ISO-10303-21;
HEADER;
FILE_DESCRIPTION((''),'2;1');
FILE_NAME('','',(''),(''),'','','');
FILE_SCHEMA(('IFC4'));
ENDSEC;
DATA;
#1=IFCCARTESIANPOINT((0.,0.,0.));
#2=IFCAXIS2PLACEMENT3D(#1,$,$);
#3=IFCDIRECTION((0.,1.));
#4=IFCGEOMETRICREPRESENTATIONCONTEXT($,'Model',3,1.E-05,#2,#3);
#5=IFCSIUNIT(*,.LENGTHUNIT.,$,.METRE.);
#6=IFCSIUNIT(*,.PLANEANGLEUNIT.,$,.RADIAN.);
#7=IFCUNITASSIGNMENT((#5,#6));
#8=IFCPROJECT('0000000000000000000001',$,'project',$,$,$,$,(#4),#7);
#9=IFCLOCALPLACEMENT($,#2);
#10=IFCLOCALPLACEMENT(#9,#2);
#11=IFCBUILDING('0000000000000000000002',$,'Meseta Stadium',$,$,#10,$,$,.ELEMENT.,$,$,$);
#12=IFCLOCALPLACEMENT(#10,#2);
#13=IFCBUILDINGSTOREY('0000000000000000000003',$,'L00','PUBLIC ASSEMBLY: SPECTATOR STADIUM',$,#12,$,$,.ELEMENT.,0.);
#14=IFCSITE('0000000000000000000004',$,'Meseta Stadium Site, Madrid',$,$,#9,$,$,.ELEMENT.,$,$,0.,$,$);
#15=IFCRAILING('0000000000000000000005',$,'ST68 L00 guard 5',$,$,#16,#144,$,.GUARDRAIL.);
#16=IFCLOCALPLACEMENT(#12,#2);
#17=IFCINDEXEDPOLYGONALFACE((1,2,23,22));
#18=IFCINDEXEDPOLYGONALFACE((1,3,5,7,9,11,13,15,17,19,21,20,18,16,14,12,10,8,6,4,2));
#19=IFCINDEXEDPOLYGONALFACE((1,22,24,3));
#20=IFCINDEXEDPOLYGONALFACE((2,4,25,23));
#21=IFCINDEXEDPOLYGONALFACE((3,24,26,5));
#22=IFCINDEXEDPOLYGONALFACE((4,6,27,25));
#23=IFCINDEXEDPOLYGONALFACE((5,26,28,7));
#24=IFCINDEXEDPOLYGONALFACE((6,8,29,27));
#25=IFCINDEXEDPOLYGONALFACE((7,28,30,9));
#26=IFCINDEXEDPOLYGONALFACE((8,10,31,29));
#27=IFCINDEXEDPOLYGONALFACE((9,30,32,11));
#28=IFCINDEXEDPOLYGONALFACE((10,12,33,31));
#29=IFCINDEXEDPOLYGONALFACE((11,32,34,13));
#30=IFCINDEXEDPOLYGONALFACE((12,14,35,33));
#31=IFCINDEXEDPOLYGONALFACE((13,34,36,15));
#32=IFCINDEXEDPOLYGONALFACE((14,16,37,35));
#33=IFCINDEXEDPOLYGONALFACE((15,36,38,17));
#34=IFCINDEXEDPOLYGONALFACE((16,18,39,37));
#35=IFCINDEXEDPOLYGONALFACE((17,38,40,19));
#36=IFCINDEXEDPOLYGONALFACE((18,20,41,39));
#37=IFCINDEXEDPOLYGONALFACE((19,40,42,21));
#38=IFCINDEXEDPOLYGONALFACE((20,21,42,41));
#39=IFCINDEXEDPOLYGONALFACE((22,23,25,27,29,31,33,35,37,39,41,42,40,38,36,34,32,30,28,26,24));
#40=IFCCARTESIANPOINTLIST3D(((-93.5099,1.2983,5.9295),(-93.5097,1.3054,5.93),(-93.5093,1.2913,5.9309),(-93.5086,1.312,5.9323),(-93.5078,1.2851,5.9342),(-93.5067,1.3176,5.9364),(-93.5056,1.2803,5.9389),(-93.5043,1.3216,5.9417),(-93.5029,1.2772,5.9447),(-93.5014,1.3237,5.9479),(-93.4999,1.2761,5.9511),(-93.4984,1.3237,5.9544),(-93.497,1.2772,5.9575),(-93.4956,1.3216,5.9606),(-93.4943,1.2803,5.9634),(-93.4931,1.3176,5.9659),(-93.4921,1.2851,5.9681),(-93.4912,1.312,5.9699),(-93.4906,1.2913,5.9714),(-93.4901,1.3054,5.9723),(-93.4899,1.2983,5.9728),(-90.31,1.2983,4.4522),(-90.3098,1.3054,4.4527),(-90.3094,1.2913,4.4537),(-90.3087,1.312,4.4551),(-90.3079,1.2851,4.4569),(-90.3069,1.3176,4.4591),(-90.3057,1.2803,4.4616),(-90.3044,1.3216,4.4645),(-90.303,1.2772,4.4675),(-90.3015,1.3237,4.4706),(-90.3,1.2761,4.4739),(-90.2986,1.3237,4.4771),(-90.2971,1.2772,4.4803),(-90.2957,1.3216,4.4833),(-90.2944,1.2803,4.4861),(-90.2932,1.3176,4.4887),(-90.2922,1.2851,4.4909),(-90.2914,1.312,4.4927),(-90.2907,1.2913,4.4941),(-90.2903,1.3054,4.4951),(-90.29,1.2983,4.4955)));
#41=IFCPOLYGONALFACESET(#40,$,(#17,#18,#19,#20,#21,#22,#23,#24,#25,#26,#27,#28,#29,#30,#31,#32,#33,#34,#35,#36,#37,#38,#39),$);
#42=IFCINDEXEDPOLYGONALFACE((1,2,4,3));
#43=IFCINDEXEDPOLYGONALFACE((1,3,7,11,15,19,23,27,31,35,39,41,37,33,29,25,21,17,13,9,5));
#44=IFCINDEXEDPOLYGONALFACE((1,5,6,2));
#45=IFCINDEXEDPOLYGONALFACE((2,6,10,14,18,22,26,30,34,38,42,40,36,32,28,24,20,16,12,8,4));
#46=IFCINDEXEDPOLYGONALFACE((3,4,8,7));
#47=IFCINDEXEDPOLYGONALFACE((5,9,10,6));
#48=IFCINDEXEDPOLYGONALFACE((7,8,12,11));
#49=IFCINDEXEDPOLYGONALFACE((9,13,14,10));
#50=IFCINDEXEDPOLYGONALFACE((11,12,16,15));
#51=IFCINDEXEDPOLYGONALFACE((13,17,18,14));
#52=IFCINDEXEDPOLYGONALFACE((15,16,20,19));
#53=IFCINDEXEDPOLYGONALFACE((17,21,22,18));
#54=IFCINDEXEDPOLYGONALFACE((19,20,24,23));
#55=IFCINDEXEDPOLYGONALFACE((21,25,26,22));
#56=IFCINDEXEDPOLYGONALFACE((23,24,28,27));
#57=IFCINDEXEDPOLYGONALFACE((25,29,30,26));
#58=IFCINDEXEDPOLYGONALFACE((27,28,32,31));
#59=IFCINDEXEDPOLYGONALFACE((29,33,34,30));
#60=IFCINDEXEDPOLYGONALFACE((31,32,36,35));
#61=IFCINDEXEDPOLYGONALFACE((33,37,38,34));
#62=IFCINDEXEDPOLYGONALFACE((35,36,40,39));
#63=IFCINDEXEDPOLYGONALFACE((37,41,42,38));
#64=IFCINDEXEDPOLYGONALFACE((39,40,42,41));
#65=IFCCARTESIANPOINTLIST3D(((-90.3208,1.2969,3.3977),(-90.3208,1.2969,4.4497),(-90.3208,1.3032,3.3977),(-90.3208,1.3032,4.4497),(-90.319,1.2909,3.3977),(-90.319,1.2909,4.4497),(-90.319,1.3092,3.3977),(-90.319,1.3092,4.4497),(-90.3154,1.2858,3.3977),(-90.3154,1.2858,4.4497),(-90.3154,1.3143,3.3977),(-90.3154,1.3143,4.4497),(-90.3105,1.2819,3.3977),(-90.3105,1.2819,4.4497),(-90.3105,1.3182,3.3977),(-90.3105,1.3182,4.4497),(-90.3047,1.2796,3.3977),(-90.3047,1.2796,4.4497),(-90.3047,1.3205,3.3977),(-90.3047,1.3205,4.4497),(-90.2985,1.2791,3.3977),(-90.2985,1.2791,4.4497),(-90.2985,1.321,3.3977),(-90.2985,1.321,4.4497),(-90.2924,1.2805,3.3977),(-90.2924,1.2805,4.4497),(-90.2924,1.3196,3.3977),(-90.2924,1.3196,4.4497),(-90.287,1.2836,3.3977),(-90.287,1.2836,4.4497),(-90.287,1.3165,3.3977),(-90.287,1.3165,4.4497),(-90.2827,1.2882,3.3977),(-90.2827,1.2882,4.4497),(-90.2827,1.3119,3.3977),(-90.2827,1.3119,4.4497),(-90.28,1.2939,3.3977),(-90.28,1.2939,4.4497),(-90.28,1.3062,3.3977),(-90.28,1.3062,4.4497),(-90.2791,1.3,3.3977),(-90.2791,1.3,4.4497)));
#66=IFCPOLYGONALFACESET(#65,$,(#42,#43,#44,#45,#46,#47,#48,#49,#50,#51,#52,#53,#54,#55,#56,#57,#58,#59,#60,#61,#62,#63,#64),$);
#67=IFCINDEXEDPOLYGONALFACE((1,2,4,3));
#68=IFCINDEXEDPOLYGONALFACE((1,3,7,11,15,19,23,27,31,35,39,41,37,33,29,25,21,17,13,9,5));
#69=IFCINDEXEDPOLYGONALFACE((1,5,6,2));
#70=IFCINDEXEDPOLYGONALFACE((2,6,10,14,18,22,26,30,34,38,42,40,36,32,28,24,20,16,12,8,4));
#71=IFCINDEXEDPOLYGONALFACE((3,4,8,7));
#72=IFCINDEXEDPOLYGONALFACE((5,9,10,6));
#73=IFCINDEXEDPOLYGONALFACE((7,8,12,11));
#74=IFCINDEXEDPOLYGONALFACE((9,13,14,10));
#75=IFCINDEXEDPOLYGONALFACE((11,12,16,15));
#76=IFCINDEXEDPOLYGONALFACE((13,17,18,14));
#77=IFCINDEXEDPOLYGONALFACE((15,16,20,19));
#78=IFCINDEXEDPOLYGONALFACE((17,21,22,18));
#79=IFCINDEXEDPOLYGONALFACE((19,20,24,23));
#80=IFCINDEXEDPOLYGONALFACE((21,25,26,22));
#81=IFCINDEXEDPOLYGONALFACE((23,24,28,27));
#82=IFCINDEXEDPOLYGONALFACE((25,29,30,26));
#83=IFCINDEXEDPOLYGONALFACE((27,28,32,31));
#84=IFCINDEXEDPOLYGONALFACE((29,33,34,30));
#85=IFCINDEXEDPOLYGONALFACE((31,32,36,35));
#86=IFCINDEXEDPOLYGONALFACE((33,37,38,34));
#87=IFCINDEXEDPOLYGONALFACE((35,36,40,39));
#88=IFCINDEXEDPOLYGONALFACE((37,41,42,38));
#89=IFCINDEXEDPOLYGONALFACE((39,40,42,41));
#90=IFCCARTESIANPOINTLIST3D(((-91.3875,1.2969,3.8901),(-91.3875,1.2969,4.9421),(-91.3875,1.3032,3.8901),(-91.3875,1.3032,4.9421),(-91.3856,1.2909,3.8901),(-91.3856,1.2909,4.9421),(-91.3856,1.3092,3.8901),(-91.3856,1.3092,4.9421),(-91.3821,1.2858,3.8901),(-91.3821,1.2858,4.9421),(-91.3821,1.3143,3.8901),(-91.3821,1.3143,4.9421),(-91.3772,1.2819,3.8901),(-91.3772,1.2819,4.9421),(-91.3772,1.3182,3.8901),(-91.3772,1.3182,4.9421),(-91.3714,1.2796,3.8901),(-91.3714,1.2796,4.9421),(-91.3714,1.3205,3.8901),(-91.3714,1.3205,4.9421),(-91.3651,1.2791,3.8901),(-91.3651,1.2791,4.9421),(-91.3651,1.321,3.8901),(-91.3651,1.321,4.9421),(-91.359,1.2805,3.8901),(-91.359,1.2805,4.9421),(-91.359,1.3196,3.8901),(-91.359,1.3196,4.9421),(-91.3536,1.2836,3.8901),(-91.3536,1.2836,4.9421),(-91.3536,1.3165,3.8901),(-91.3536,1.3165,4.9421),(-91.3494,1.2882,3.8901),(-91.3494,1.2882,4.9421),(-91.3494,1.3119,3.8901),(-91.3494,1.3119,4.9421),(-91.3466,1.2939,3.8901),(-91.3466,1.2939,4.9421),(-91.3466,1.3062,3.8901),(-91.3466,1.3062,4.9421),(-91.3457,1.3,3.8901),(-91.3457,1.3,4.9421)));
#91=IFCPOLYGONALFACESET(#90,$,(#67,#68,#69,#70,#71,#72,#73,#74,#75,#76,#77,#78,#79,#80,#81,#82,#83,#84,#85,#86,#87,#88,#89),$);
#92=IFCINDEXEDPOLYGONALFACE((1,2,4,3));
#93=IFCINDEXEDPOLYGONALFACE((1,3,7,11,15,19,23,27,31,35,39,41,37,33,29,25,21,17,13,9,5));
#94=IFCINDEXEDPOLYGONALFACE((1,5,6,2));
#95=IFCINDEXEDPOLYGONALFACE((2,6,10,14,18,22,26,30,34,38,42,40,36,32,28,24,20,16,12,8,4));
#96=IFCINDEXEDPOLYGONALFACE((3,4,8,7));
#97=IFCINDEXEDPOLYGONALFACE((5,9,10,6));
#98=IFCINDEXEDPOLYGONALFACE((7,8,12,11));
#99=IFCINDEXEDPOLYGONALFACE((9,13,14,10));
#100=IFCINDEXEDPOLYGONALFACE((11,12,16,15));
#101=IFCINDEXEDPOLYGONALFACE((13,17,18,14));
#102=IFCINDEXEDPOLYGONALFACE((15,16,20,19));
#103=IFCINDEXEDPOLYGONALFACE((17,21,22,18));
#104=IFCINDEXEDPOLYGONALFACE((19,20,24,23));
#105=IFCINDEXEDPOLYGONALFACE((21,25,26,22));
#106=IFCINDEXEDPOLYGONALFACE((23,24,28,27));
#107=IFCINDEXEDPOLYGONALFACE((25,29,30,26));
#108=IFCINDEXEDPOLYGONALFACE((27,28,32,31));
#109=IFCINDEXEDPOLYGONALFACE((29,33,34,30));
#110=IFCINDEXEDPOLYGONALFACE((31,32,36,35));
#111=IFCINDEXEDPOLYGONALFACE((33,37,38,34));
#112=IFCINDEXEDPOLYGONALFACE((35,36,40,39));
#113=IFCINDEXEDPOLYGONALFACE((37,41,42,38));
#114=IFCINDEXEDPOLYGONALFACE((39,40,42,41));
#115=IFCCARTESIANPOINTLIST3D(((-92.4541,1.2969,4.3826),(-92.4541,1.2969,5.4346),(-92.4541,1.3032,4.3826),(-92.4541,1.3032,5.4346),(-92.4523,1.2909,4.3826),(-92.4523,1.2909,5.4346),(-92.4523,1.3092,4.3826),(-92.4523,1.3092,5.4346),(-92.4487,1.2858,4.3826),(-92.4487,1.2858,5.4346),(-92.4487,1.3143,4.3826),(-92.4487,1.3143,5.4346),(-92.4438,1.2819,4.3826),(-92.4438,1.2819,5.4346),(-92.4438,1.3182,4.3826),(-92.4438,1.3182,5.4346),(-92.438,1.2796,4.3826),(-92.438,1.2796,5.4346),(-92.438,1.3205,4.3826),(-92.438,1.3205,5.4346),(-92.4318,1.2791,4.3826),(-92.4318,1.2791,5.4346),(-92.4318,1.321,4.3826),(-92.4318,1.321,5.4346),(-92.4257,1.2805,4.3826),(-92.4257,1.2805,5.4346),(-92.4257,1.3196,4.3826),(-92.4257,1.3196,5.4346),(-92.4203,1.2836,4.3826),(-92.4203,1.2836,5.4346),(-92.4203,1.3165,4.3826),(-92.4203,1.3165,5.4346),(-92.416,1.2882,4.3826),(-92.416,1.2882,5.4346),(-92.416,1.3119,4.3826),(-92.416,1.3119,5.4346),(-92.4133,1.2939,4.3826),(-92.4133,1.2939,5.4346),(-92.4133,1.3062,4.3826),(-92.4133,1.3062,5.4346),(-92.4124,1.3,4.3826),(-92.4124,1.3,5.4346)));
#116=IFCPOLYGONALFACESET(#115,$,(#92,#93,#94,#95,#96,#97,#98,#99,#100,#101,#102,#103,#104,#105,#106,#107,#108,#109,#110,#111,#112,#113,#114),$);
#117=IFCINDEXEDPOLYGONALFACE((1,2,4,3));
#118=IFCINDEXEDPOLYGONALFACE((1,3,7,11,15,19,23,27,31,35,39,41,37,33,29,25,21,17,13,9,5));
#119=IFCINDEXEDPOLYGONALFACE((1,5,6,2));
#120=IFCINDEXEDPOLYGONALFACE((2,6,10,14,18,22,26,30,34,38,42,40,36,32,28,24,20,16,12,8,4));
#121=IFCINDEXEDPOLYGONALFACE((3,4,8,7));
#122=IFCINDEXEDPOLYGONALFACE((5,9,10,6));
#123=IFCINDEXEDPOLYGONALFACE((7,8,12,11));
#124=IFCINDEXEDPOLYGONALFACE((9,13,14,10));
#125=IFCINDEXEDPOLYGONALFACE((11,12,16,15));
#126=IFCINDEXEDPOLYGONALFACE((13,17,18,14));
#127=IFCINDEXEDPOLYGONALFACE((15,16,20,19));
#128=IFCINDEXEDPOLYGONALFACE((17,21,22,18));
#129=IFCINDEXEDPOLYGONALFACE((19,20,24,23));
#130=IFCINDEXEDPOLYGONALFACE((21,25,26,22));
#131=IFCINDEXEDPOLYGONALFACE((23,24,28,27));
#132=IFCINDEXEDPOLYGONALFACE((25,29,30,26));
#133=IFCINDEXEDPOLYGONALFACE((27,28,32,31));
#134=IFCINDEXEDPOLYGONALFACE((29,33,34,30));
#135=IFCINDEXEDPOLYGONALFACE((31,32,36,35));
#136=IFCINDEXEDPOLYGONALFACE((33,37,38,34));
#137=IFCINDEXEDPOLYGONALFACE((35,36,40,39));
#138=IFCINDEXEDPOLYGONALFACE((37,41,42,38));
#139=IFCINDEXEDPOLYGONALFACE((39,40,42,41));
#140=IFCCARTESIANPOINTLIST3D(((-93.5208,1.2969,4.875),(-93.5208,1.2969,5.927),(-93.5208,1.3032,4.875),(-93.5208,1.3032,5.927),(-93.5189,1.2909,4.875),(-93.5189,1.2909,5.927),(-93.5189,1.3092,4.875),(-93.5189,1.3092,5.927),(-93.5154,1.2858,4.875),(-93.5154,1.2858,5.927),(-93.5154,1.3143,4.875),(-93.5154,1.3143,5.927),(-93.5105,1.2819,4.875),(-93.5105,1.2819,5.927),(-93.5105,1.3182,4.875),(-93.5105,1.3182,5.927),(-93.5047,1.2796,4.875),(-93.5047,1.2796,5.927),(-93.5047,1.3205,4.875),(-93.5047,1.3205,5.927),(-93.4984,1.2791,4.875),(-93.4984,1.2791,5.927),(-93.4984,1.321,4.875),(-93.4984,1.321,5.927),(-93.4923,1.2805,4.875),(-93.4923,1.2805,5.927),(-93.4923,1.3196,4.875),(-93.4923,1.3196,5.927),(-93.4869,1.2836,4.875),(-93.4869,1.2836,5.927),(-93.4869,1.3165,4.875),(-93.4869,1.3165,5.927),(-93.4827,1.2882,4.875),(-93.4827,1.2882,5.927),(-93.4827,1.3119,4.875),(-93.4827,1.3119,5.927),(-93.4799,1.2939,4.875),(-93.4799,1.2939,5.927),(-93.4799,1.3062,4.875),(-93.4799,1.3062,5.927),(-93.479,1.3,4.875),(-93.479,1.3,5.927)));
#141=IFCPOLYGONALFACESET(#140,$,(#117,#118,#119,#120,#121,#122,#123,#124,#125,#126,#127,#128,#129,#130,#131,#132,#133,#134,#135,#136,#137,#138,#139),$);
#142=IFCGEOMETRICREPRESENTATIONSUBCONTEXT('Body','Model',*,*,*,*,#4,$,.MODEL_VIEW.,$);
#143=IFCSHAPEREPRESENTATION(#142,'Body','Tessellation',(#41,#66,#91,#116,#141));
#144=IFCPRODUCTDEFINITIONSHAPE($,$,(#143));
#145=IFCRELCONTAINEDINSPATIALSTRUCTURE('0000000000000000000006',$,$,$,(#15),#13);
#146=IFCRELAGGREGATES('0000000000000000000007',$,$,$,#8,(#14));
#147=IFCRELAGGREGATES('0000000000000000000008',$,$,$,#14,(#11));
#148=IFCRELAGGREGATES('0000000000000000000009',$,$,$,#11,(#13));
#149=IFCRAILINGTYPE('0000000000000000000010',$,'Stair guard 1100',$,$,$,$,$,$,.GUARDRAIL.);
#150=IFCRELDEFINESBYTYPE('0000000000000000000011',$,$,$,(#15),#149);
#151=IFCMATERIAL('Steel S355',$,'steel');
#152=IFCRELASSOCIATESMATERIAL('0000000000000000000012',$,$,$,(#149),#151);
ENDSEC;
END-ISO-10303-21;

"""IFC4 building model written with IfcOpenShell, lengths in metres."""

from ifc_helpers import new_model, si_unit, direction, frame, origin, origin_2d, place, context, subcontext, project, spatial, circle, extrude, material, type_object, element, save


model = new_model("IFC4")

# Units and contexts
model_context = context("Model", 3, precision=1e-05, world=origin(), true_north=direction((0.0, 1.0)))
body_context = subcontext(model_context, "Body", "Model", "MODEL_VIEW")
ifc_project = project(units=[si_unit("LENGTHUNIT", "METRE"), si_unit("PLANEANGLEUNIT", "RADIAN")], contexts=[model_context])

# Site, building, storey
site_placement = place(None, origin())
site = spatial("IfcSite", under=ifc_project, at=site_placement, Name="Meseta Stadium Site, Madrid", CompositionType="ELEMENT", RefElevation=0.0)
building_placement = place(site_placement, origin())
building = spatial("IfcBuilding", under=site, at=building_placement, Name="Meseta Stadium", CompositionType="ELEMENT")
storey_placement = place(building_placement, origin())
storey = spatial("IfcBuildingStorey", under=building, at=storey_placement, Name="L00", Description="PUBLIC ASSEMBLY: SPECTATOR STADIUM", CompositionType="ELEMENT", Elevation=0.0)

# Railing
ifc_material_1 = material(Name="Steel S355", Category="steel")
railing_type_1 = type_object("IfcRailingType", Name="Stair guard 1100", PredefinedType="GUARDRAIL", material=ifc_material_1)
railing_1_placement = place(storey_placement, frame((-90.3, 1.3, 3.3977)))
element("IfcRailing", 1, at=railing_1_placement, inside=storey, type_object=railing_type_1, Name="ST68 L00 guard 5", PredefinedType="GUARDRAIL", context=body_context, shape_type="SweptSolid", body=[
    extrude(circle(Radius=0.0239, at=origin_2d()), frame((0.0, 0.0, 1.0762), z_axis=(-0.907917, 0.0, 0.41915), x_axis=(0.0, -1.0, 0.0)), (0.0, 0.0, 1.0), 3.5244),
    extrude(circle(Radius=0.021, at=origin_2d()), origin(), (0.0, 0.0, 1.0), 1.052),
    extrude(circle(Radius=0.021, at=origin_2d()), frame((-1.0667, 0.0, 0.4924)), (0.0, 0.0, 1.0), 1.052),
    extrude(circle(Radius=0.021, at=origin_2d()), frame((-2.1333, 0.0, 0.9849)), (0.0, 0.0, 1.0), 1.052),
    extrude(circle(Radius=0.021, at=origin_2d()), frame((-3.2, 0.0, 1.4773)), (0.0, 0.0, 1.0), 1.052),
])

save(model, "model.ifc")
